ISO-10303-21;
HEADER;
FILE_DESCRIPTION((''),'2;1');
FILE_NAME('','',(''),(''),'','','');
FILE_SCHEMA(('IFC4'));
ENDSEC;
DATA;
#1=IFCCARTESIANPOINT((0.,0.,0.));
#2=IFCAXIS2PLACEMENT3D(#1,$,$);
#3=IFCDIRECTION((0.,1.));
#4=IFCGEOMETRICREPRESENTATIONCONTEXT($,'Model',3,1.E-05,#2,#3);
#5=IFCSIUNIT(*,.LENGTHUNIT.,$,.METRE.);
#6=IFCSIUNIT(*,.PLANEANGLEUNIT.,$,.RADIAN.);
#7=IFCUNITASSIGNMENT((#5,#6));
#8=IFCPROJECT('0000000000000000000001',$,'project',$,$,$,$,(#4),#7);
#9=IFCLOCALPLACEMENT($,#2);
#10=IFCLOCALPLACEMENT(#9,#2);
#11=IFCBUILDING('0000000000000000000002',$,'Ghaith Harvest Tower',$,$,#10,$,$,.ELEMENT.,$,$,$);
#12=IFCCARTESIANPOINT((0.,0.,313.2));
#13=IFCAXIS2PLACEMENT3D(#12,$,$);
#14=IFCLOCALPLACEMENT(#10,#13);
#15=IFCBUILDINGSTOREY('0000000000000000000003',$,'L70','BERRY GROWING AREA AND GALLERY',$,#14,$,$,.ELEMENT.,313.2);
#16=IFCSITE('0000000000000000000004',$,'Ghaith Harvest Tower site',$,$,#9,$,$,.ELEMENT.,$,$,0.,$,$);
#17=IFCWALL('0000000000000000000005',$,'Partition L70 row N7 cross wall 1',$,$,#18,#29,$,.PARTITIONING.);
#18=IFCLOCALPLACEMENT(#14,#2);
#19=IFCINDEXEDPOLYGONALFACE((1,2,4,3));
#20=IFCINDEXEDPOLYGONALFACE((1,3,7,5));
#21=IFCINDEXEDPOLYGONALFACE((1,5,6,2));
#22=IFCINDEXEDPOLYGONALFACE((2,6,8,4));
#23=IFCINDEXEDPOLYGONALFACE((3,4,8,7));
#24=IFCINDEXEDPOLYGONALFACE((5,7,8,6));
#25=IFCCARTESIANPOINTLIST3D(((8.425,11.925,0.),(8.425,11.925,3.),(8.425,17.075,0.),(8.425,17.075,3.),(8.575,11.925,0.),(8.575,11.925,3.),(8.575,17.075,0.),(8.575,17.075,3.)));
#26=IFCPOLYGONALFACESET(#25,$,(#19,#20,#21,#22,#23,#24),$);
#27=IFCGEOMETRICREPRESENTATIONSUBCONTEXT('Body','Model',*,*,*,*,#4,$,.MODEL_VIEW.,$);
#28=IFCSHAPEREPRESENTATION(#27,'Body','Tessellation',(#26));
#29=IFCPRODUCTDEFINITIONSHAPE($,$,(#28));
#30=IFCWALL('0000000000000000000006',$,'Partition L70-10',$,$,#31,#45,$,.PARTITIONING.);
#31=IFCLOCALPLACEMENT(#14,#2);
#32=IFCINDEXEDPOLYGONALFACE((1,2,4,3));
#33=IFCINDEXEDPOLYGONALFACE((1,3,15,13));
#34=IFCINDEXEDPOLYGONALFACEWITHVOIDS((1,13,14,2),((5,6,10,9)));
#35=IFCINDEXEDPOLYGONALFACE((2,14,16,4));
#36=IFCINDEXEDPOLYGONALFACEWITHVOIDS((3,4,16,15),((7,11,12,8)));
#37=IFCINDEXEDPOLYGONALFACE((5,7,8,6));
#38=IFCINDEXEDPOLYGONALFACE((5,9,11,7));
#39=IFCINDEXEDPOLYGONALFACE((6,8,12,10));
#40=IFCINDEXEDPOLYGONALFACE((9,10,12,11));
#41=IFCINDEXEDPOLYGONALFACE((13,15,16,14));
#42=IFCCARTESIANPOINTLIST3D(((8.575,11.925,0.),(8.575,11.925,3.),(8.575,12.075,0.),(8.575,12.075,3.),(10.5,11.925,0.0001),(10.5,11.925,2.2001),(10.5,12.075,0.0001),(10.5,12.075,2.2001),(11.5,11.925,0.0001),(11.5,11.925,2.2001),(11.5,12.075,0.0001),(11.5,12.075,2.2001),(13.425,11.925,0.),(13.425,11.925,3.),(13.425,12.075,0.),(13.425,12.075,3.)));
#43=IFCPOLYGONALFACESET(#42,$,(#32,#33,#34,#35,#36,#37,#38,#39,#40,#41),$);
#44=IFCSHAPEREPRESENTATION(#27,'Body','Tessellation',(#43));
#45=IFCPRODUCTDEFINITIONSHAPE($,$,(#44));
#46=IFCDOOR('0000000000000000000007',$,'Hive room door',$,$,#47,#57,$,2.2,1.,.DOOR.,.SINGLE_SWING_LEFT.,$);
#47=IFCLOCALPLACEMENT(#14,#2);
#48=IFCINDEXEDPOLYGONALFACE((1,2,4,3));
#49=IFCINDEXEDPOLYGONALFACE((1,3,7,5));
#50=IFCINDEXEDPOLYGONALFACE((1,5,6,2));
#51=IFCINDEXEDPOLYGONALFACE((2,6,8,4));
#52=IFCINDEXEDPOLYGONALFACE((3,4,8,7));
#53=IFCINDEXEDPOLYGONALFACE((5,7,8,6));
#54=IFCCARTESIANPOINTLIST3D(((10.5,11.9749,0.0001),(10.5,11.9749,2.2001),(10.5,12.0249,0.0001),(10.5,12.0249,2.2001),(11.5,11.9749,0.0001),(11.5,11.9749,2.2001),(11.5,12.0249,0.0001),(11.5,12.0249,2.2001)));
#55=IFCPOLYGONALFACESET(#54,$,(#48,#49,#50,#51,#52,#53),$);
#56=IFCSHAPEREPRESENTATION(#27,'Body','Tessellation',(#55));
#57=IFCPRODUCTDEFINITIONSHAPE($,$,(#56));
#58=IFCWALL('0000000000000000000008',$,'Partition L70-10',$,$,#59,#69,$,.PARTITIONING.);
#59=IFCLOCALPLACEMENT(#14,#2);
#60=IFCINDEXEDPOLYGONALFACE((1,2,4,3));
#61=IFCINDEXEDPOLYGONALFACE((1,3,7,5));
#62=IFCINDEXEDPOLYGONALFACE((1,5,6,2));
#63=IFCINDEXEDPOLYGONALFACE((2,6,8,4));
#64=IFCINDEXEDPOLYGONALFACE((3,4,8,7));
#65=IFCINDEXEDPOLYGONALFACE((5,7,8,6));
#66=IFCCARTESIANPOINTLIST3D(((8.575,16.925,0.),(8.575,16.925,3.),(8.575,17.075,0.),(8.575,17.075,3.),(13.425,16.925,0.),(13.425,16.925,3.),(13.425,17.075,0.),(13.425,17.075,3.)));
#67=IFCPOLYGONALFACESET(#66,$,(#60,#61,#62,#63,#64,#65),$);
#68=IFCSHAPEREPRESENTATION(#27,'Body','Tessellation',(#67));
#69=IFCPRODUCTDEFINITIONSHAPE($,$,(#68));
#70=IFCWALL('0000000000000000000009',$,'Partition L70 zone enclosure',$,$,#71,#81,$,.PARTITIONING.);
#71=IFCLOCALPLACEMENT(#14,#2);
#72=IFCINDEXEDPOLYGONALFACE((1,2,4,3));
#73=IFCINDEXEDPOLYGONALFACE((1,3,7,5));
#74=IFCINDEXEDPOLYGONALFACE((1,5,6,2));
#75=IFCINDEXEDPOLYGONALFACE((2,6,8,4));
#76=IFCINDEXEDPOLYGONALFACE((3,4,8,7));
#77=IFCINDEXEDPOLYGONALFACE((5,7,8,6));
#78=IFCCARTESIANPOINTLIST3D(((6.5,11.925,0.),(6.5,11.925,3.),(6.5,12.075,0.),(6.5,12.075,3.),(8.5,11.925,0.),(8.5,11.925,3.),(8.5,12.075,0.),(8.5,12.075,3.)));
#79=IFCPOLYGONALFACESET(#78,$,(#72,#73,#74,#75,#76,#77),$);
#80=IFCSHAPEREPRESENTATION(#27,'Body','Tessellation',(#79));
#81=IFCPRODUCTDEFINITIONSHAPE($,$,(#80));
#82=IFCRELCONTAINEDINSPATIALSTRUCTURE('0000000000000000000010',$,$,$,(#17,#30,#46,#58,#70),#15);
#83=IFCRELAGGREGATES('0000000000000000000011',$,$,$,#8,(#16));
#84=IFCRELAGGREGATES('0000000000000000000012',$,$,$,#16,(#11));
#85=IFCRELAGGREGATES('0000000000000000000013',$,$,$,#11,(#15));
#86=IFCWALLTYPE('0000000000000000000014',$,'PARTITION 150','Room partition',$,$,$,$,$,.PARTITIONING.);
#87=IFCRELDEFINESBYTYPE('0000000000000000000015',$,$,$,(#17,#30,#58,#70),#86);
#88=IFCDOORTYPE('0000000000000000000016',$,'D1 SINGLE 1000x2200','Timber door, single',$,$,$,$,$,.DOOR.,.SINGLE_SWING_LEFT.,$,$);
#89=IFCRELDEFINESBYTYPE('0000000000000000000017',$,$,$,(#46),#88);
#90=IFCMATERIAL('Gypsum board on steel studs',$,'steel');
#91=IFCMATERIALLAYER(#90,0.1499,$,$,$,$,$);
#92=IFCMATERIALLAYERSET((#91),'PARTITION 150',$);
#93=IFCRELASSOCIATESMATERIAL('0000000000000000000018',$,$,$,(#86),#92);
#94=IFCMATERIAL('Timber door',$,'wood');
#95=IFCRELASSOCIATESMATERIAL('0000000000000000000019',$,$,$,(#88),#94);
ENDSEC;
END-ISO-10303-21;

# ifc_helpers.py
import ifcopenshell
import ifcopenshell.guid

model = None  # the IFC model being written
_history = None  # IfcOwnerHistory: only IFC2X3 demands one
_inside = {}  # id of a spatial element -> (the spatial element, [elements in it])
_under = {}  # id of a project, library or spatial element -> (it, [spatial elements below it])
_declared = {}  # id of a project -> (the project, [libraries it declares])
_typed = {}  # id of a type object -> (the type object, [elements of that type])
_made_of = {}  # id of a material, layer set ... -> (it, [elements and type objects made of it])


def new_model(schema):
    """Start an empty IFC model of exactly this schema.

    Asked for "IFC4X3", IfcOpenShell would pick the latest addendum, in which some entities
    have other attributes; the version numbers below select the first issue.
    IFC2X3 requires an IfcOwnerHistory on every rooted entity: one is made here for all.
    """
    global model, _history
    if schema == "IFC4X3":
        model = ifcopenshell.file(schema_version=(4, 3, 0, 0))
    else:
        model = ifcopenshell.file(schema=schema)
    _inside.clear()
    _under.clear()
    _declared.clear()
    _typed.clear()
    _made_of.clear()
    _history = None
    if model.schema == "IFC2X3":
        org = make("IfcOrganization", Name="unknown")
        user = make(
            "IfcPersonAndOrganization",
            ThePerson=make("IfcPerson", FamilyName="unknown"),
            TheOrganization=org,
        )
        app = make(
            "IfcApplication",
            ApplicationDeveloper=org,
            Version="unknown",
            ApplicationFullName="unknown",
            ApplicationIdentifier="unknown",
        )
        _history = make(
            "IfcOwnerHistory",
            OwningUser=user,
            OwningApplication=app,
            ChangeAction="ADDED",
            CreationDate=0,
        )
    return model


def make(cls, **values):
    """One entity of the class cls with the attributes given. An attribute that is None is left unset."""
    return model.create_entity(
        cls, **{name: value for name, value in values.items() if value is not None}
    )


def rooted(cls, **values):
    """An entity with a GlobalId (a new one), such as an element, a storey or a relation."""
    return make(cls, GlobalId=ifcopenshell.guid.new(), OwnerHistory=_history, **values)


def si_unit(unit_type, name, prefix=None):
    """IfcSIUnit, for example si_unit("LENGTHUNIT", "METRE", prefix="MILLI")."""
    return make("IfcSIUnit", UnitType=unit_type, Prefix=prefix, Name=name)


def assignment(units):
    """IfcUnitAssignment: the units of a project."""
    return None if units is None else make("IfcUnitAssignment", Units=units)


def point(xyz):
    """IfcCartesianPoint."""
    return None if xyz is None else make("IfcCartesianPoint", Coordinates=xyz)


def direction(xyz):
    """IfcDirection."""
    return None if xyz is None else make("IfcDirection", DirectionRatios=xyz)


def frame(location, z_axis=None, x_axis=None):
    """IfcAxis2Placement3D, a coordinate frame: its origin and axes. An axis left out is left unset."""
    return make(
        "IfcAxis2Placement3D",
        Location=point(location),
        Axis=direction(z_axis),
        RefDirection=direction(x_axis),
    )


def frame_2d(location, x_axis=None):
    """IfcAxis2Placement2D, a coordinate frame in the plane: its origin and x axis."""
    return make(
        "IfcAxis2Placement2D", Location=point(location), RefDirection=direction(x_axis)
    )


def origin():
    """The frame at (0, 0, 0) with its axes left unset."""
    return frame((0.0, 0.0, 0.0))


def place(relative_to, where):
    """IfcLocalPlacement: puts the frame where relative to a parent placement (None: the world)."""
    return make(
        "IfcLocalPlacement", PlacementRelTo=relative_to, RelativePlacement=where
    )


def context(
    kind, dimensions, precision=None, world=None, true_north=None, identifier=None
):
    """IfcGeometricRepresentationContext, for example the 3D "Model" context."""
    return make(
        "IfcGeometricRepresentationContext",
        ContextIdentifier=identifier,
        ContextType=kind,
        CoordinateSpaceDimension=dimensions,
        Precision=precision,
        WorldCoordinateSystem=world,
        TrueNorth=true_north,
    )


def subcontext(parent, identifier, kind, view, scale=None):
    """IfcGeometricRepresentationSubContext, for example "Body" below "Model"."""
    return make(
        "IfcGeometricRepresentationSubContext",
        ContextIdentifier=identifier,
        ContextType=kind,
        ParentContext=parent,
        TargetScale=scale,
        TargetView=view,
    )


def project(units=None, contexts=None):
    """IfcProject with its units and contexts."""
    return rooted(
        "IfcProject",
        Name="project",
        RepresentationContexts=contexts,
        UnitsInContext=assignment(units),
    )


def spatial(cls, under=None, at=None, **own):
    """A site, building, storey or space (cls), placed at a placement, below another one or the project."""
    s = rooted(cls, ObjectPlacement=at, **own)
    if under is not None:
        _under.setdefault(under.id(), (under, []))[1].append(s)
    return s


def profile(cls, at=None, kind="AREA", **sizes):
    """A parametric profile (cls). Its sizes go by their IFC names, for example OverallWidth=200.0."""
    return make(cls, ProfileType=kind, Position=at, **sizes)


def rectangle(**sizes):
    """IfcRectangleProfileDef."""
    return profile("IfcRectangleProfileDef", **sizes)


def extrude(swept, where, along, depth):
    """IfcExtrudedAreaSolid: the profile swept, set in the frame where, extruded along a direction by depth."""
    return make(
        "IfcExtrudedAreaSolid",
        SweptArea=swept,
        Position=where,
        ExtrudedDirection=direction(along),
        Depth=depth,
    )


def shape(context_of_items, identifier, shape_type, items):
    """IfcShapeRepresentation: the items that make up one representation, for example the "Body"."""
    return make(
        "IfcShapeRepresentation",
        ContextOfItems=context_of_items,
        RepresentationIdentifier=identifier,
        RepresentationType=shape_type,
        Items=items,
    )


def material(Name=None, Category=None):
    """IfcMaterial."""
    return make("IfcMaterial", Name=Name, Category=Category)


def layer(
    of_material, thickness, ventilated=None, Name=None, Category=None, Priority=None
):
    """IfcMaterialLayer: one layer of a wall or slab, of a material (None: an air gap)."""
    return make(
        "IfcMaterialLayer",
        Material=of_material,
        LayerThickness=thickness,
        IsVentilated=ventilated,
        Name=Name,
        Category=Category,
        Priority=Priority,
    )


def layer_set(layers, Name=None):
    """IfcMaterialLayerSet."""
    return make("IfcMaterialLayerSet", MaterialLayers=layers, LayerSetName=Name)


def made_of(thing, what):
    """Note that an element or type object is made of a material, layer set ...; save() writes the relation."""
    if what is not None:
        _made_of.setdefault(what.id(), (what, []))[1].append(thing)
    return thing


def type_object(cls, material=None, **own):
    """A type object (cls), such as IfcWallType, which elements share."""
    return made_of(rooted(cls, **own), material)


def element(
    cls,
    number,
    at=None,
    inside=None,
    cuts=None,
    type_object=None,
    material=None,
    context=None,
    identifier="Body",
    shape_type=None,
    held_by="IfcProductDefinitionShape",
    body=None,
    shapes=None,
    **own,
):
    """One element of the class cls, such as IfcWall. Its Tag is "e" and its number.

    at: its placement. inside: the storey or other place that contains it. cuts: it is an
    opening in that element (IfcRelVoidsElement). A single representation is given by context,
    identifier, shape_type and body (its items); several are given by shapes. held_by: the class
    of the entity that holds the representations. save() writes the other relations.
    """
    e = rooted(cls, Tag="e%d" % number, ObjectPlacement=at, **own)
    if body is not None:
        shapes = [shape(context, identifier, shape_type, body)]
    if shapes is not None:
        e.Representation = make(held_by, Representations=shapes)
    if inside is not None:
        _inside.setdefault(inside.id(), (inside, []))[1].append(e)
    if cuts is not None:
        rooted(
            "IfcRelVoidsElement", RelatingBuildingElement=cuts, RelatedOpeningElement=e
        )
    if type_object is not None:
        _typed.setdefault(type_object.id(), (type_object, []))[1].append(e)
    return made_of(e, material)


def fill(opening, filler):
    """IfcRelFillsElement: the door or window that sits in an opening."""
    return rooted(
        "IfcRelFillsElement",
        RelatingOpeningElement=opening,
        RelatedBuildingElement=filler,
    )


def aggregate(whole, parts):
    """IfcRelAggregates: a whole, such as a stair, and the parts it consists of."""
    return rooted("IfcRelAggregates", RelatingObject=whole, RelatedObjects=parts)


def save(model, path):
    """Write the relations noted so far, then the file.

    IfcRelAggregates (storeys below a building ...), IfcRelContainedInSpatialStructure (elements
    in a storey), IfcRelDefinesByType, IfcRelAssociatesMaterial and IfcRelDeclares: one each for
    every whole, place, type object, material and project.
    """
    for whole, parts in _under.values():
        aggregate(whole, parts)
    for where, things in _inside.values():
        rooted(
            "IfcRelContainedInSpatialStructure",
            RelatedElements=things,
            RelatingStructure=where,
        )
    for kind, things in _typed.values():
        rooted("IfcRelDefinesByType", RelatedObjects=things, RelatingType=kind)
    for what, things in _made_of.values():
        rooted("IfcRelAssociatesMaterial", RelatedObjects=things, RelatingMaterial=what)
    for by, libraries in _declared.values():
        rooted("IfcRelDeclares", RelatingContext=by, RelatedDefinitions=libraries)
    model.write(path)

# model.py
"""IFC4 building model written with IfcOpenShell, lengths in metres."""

from ifc_helpers import new_model, si_unit, direction, frame, frame_2d, origin, place, context, subcontext, project, spatial, rectangle, extrude, material, layer, layer_set, type_object, element, fill, save


model = new_model("IFC4")

# Units and contexts
model_context = context("Model", 3, precision=1e-05, world=origin(), true_north=direction((0.0, 1.0)))
body_context = subcontext(model_context, "Body", "Model", "MODEL_VIEW")
ifc_project = project(units=[si_unit("LENGTHUNIT", "METRE"), si_unit("PLANEANGLEUNIT", "RADIAN")], contexts=[model_context])

# Site, building, storey
site_placement = place(None, origin())
site = spatial("IfcSite", under=ifc_project, at=site_placement, Name="Ghaith Harvest Tower site", CompositionType="ELEMENT", RefElevation=0.0)
building_placement = place(site_placement, origin())
building = spatial("IfcBuilding", under=site, at=building_placement, Name="Ghaith Harvest Tower", CompositionType="ELEMENT")
storey_placement = place(building_placement, frame((0.0, 0.0, 313.2)))
storey = spatial("IfcBuildingStorey", under=building, at=storey_placement, Name="L70", Description="BERRY GROWING AREA AND GALLERY", CompositionType="ELEMENT", Elevation=313.2)

# Shared definitions
ifc_material_1 = material(Name="Gypsum board on steel studs", Category="steel")
ifc_layer_1 = layer(ifc_material_1, 0.1499)
ifc_layer_set_1 = layer_set([ifc_layer_1], Name="PARTITION 150")
wall_type = type_object("IfcWallType", Name="PARTITION 150", Description="Room partition", PredefinedType="PARTITIONING", material=ifc_layer_set_1)

# Wall
wall_1_placement = place(storey_placement, frame((8.5, 11.925, 0.0), z_axis=(0.0, 0.0, 1.0), x_axis=(0.0, 1.0, 0.0)))
element("IfcWall", 1, at=wall_1_placement, inside=storey, type_object=wall_type, Name="Partition L70 row N7 cross wall 1", PredefinedType="PARTITIONING", context=body_context, shape_type="SweptSolid", body=[
    extrude(rectangle(XDim=5.1499, YDim=0.1499, at=frame_2d((2.575, 0.0))), origin(), (0.0, 0.0, 1.0), 3.0),
])

# Wall, opening, door
wall_2_placement = place(storey_placement, frame((8.575, 12.0, 0.0), z_axis=(0.0, 0.0, 1.0), x_axis=(1.0, 0.0, 0.0)))
wall_2 = element("IfcWall", 2, at=wall_2_placement, inside=storey, type_object=wall_type, Name="Partition L70-10", PredefinedType="PARTITIONING", context=body_context, shape_type="SweptSolid", body=[
    extrude(rectangle(XDim=4.8501, YDim=0.1499, at=frame_2d((2.425, 0.0))), origin(), (0.0, 0.0, 1.0), 3.0),
])
opening_1_placement = place(wall_2_placement, frame((1.925, 0.0, 0.0)))
opening_1 = element("IfcOpeningElement", 3, at=opening_1_placement, cuts=wall_2, PredefinedType="OPENING", context=body_context, shape_type="SweptSolid", body=[
    extrude(rectangle(XDim=1.0, YDim=2.2, at=frame_2d((0.5, 1.1001))), frame((0.0, 0.085, 0.0), z_axis=(0.0, -1.0, 0.0), x_axis=(1.0, 0.0, 0.0)), (0.0, 0.0, 1.0), 0.1699),
])
ifc_material_2 = material(Name="Timber door", Category="wood")
door_type_1 = type_object("IfcDoorType", Name="D1 SINGLE 1000x2200", Description="Timber door, single", OperationType="SINGLE_SWING_LEFT", PredefinedType="DOOR", material=ifc_material_2)
door_1_placement = place(opening_1_placement, origin())
door_1 = element("IfcDoor", 4, at=door_1_placement, inside=storey, type_object=door_type_1, Name="Hive room door", OperationType="SINGLE_SWING_LEFT", OverallHeight=2.2, OverallWidth=1.0, PredefinedType="DOOR", context=body_context, shape_type="SweptSolid", body=[
    extrude(rectangle(XDim=1.0, YDim=2.2, at=frame_2d((0.5, 1.1001))), frame((0.0, 0.0249, 0.0), z_axis=(0.0, -1.0, 0.0), x_axis=(1.0, 0.0, 0.0)), (0.0, 0.0, 1.0), 0.05),
])
fill(opening_1, door_1)

# Walls
wall_3_placement = place(storey_placement, frame((8.575, 17.0, 0.0), z_axis=(0.0, 0.0, 1.0), x_axis=(1.0, 0.0, 0.0)))
element("IfcWall", 5, at=wall_3_placement, inside=storey, type_object=wall_type, Name="Partition L70-10", PredefinedType="PARTITIONING", context=body_context, shape_type="SweptSolid", body=[
    extrude(rectangle(XDim=4.8501, YDim=0.1499, at=frame_2d((2.425, 0.0))), origin(), (0.0, 0.0, 1.0), 3.0),
])
wall_4_placement = place(storey_placement, frame((8.5, 12.0, 0.0), z_axis=(0.0, 0.0, 1.0), x_axis=(-1.0, 0.0, 0.0)))
element("IfcWall", 6, at=wall_4_placement, inside=storey, type_object=wall_type, Name="Partition L70 zone enclosure", PredefinedType="PARTITIONING", context=body_context, shape_type="SweptSolid", body=[
    extrude(rectangle(XDim=2.0, YDim=0.1499, at=frame_2d((1.0, 0.0))), origin(), (0.0, 0.0, 1.0), 3.0),
])

save(model, "model.ifc")
